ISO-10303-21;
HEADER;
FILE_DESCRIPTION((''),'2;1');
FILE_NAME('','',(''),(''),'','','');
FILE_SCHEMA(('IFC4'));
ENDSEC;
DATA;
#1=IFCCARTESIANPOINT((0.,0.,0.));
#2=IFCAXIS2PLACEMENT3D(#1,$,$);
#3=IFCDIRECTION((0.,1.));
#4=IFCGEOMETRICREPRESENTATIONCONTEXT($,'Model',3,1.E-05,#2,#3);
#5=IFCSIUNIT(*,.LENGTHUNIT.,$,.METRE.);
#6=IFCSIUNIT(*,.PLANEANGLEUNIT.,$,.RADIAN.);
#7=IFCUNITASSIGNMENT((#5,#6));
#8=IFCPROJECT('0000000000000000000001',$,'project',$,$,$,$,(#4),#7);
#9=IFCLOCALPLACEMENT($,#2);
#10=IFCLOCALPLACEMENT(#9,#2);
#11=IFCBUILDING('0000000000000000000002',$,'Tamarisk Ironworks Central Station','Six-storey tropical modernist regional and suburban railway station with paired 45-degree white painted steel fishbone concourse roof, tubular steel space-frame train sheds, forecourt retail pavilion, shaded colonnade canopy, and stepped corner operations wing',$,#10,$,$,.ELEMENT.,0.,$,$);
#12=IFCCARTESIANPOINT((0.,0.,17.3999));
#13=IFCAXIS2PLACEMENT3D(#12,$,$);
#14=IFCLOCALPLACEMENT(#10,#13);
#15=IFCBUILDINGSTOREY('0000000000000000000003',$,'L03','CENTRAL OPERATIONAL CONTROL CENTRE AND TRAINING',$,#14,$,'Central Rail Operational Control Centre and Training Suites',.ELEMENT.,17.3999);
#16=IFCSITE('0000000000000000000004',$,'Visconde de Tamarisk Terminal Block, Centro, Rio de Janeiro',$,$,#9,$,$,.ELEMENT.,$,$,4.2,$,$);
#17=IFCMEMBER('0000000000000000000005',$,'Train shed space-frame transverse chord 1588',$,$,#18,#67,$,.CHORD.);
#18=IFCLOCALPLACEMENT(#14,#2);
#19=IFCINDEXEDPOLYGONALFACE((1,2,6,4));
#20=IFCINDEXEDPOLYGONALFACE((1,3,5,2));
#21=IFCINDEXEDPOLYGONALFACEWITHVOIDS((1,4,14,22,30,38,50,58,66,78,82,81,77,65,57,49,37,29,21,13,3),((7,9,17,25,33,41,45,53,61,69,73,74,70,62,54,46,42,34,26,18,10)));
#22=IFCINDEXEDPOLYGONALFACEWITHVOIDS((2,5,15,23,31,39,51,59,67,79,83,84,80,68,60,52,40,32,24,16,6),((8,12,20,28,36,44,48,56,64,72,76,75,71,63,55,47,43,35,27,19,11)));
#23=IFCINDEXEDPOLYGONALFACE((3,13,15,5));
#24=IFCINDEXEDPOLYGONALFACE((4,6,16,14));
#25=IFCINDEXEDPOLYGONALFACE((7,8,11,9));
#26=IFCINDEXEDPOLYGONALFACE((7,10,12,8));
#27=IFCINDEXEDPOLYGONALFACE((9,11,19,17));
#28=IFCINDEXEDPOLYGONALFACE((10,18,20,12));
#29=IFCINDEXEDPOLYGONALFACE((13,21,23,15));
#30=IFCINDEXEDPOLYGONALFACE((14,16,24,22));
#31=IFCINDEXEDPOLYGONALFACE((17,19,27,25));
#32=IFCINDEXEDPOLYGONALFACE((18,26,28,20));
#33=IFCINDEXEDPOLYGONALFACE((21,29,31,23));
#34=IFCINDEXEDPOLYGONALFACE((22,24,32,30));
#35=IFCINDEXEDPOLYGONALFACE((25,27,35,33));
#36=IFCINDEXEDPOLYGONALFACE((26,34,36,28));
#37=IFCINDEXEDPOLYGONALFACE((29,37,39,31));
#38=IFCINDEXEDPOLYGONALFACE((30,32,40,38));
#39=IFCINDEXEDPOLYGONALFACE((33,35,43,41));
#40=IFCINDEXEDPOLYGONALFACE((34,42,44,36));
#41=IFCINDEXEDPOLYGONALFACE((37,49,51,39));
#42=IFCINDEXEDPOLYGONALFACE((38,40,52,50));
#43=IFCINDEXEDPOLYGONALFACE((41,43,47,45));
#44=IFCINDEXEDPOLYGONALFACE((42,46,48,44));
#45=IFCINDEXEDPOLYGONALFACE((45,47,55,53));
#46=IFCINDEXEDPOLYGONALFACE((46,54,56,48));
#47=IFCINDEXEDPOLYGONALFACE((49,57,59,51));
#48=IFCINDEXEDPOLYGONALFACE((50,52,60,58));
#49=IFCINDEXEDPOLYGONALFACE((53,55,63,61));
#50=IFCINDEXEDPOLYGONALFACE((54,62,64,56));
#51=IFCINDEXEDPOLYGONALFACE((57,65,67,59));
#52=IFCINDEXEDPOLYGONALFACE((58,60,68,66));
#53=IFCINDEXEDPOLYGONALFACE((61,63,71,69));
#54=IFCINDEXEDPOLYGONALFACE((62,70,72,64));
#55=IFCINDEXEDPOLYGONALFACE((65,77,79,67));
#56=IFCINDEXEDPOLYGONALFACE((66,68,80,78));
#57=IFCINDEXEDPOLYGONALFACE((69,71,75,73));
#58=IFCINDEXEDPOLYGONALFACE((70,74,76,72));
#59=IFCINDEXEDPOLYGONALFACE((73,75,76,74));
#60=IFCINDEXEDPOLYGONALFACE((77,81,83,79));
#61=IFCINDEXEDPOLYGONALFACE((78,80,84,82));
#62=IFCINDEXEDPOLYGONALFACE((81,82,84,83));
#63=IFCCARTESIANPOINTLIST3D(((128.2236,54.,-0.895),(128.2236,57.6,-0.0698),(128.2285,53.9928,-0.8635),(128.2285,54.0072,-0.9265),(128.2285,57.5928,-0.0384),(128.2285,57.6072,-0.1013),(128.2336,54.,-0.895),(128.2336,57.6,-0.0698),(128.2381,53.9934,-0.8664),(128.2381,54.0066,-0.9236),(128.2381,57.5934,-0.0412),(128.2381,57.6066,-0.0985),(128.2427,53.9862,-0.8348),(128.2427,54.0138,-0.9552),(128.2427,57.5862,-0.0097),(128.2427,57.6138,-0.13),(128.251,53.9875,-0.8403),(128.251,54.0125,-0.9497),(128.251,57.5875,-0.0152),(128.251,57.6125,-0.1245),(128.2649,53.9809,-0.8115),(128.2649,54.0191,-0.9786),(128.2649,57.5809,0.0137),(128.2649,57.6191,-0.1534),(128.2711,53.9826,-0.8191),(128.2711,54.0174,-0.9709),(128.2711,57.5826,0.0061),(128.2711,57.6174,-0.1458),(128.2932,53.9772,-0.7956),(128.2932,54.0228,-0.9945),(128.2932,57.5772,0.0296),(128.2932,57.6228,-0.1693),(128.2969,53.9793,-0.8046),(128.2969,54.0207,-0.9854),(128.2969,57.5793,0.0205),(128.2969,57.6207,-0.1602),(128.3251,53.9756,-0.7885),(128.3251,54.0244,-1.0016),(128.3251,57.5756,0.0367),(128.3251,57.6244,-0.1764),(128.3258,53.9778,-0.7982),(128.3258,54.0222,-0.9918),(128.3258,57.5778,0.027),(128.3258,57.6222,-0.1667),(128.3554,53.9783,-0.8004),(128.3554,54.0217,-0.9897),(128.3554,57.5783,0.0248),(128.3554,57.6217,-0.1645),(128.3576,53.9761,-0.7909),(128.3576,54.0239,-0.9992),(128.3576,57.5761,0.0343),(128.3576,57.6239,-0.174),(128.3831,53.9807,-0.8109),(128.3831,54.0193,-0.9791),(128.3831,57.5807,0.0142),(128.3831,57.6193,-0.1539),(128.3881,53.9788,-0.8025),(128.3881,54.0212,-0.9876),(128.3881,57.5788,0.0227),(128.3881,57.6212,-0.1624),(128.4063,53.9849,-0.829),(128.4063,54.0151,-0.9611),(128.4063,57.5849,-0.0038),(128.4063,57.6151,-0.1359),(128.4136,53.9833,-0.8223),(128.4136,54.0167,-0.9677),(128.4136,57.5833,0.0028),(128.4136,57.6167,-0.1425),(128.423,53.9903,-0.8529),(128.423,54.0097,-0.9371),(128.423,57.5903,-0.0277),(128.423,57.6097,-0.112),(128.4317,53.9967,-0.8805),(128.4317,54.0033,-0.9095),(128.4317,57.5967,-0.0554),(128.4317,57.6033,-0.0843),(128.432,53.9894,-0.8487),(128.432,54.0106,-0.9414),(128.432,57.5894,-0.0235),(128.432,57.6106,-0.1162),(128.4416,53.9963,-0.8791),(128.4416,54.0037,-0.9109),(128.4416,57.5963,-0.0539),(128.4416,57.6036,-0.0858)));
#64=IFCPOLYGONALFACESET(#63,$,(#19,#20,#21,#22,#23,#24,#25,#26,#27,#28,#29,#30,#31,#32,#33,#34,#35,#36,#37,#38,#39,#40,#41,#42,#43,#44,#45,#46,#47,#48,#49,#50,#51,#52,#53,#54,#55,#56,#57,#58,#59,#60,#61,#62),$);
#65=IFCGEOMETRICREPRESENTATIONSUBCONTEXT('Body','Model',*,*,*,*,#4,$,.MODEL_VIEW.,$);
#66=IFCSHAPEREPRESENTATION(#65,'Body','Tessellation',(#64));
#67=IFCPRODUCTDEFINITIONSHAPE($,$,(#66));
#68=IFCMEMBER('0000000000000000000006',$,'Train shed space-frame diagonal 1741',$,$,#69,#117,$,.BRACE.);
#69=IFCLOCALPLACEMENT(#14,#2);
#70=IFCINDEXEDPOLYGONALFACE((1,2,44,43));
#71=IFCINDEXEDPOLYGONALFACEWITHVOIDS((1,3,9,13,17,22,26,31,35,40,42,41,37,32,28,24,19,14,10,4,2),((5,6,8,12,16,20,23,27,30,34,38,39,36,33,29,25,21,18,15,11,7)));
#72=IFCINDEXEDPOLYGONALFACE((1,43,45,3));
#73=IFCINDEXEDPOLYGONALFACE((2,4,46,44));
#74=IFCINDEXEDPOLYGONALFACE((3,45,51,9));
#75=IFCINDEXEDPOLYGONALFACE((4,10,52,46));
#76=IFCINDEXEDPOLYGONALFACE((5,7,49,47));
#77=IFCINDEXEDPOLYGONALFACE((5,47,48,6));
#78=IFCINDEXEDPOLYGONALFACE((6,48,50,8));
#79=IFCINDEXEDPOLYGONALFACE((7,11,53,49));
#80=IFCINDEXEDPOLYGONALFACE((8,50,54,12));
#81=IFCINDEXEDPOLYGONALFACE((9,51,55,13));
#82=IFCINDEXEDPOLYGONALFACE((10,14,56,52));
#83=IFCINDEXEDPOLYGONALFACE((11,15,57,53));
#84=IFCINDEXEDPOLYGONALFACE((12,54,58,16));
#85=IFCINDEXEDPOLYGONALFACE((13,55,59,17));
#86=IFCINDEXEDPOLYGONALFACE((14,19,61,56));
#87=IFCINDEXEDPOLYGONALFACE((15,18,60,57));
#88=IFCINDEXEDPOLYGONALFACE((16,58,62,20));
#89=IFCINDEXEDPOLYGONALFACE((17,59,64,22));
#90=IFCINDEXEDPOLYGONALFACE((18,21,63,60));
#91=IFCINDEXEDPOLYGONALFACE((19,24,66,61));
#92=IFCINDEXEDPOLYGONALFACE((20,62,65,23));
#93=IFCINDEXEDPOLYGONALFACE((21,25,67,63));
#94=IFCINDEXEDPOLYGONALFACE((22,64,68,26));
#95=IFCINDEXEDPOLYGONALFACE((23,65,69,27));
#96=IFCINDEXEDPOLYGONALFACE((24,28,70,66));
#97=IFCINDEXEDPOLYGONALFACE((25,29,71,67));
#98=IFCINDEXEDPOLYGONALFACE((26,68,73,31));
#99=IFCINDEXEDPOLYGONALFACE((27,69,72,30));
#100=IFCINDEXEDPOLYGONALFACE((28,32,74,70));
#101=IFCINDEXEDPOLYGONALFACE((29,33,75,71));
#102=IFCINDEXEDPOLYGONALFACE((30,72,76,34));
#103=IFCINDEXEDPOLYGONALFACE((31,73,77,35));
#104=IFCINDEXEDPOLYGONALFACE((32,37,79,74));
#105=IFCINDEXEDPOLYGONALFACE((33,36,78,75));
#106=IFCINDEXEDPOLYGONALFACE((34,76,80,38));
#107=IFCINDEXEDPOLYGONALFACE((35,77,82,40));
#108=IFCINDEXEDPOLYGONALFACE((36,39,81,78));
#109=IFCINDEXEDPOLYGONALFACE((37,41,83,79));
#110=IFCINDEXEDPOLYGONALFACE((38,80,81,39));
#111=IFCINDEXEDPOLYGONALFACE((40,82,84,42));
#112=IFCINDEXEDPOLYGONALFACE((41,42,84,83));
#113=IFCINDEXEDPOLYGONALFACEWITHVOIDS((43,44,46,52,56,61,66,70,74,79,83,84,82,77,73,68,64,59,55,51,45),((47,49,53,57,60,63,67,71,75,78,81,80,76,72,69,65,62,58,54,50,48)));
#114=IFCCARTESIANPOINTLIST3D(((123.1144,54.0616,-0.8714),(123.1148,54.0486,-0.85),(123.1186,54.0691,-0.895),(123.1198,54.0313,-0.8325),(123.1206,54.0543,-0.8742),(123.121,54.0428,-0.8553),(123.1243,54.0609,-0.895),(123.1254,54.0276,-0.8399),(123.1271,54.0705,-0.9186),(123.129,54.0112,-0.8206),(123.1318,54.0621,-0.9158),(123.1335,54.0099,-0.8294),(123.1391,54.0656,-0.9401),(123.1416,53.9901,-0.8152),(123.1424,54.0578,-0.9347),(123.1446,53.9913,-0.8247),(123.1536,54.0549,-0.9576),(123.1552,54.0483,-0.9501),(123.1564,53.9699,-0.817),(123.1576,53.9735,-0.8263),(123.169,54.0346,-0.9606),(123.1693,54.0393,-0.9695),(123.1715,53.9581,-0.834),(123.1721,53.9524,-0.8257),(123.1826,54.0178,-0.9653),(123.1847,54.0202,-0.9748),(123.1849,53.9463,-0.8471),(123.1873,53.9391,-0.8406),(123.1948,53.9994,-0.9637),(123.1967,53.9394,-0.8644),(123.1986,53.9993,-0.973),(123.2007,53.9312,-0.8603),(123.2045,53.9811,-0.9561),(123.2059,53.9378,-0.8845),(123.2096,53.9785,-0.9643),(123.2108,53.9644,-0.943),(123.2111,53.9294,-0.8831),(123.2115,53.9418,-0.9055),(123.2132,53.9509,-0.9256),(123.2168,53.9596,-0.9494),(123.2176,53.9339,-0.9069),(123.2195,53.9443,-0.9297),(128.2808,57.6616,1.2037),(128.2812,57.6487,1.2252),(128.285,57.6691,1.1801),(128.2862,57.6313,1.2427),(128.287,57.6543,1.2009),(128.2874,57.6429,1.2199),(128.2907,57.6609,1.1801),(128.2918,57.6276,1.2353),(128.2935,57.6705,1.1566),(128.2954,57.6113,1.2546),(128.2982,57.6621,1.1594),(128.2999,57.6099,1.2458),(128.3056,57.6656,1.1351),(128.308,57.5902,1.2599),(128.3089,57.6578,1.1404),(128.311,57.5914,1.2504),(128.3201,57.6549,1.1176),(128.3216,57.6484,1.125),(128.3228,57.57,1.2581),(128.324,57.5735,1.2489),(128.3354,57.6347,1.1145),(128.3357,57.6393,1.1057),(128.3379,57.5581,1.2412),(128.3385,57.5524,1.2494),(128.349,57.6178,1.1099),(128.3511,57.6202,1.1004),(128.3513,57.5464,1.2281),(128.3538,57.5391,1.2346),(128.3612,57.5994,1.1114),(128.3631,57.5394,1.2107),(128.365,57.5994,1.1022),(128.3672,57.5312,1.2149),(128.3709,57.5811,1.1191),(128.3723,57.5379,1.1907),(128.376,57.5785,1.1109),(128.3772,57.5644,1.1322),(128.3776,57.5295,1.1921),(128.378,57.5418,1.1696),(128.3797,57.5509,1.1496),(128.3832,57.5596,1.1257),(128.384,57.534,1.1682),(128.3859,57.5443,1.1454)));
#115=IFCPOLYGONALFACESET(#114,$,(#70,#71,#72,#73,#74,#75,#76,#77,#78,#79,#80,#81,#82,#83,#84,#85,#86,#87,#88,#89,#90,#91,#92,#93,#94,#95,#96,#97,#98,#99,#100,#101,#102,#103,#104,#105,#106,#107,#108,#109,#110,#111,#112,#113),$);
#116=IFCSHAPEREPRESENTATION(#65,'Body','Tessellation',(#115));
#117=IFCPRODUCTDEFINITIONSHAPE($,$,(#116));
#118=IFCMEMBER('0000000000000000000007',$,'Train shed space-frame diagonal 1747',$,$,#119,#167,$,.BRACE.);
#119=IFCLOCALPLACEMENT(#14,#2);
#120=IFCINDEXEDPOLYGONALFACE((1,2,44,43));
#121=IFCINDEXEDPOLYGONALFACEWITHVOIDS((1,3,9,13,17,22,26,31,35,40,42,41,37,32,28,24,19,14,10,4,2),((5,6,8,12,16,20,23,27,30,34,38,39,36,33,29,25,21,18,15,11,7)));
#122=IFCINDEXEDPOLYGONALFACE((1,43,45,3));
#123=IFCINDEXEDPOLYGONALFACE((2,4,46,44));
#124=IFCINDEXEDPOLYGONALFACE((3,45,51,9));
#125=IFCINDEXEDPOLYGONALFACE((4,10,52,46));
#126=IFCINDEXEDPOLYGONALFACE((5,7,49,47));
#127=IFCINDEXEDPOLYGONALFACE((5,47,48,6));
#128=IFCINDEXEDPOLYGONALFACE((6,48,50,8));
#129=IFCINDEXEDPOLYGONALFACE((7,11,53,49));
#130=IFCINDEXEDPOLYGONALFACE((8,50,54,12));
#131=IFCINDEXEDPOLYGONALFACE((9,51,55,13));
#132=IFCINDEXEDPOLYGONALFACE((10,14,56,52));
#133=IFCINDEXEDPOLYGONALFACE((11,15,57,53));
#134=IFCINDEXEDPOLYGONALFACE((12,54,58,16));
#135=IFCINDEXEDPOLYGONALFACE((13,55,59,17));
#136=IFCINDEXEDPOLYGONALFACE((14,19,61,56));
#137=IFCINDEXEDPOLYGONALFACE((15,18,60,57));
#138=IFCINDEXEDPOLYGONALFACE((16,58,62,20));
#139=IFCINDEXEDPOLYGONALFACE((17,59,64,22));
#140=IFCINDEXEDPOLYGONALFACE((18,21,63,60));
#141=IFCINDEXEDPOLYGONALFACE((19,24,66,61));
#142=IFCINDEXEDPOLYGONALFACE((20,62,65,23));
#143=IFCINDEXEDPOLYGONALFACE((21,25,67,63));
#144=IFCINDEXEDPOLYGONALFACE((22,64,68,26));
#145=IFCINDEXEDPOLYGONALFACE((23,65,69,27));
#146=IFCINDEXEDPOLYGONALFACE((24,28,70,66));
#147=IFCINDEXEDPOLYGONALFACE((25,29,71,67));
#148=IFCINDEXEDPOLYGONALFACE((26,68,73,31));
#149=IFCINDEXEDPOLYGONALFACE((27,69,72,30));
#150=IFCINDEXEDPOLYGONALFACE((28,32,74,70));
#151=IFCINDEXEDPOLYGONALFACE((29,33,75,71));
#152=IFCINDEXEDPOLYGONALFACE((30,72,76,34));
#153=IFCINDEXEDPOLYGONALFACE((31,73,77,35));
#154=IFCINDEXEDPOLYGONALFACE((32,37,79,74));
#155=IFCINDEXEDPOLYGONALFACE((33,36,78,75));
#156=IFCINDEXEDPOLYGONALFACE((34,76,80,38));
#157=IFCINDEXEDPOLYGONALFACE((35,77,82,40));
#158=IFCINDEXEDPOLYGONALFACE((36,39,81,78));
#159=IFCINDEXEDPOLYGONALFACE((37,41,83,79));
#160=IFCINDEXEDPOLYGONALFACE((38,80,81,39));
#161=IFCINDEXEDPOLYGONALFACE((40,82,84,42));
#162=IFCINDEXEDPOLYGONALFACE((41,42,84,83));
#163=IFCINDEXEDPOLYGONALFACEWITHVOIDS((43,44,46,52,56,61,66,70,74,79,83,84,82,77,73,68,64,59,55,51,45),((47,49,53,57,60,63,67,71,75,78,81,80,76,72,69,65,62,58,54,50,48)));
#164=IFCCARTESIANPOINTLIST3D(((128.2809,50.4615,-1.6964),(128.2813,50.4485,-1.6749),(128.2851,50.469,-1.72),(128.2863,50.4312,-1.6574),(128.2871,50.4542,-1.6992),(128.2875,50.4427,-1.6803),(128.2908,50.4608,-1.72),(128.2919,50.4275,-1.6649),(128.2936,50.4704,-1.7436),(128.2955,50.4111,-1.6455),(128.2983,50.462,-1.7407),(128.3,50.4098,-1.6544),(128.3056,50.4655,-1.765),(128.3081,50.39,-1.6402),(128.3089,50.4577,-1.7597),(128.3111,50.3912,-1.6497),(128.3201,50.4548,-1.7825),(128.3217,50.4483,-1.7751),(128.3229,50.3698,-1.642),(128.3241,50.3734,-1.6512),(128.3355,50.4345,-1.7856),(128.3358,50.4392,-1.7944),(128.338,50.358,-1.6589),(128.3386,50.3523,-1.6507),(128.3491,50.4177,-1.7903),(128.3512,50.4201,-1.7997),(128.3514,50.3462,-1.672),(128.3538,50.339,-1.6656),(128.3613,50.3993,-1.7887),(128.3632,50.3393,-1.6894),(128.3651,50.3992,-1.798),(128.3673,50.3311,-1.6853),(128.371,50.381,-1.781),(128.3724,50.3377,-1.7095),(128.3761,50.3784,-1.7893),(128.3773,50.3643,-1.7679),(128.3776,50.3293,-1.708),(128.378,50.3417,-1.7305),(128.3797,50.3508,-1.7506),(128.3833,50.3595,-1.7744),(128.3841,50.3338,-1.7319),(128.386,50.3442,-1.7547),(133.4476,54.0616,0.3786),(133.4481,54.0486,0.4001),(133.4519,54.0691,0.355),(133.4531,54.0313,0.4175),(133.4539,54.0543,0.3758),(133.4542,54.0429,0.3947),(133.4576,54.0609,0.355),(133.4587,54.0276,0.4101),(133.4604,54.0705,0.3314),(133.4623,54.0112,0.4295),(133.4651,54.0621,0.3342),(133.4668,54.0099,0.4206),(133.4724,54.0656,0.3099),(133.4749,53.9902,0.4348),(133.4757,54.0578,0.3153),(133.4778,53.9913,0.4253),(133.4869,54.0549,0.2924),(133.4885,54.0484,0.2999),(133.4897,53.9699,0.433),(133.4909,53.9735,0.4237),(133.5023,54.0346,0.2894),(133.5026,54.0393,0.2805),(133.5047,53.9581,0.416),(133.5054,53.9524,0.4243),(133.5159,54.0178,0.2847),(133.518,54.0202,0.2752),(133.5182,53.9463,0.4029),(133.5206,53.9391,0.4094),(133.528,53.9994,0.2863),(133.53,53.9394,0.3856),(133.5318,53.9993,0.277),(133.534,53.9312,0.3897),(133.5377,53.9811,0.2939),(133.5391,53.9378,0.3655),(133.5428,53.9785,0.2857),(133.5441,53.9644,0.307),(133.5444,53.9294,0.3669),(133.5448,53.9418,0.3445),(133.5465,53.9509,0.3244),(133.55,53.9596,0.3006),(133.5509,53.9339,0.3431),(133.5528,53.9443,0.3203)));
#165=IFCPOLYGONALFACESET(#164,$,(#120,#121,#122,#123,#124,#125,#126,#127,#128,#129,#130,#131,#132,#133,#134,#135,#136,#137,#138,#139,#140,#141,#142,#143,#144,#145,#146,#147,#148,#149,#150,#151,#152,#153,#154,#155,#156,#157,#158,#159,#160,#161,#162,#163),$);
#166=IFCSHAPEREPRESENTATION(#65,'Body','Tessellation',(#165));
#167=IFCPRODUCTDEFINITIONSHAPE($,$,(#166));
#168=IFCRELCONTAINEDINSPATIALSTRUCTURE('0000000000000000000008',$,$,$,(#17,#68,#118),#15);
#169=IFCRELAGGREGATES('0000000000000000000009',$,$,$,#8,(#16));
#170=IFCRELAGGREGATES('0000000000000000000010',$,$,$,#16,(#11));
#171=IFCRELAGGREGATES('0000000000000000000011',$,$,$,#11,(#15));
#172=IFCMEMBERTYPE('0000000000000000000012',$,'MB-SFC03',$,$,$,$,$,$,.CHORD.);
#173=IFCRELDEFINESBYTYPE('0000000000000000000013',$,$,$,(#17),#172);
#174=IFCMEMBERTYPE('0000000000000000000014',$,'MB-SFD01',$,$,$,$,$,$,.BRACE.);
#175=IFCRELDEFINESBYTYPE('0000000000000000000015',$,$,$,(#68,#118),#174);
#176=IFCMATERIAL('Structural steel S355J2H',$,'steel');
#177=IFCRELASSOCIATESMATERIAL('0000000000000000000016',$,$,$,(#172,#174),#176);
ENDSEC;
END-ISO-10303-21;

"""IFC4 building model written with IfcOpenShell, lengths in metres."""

from ifc_helpers import new_model, si_unit, direction, frame, origin, origin_2d, place, context, subcontext, project, spatial, hollow_circle, extrude, material, material_profile, profile_set, type_object, element, save


model = new_model("IFC4")

# Units and contexts
model_context = context("Model", 3, precision=1e-05, world=origin(), true_north=direction((0.0, 1.0)))
body_context = subcontext(model_context, "Body", "Model", "MODEL_VIEW")
ifc_project = project(units=[si_unit("LENGTHUNIT", "METRE"), si_unit("PLANEANGLEUNIT", "RADIAN")], contexts=[model_context])

# Site, building, storey
site_placement = place(None, origin())
site = spatial("IfcSite", under=ifc_project, at=site_placement, Name="Visconde de Tamarisk Terminal Block, Centro, Rio de Janeiro", CompositionType="ELEMENT", RefElevation=4.2)
building_placement = place(site_placement, origin())
building = spatial("IfcBuilding", under=site, at=building_placement, Name="Tamarisk Ironworks Central Station", Description="Six-storey tropical modernist regional and suburban railway station with paired 45-degree white painted steel fishbone concourse roof, tubular steel space-frame train sheds, forecourt retail pavilion, shaded colonnade canopy, and stepped corner operations wing", CompositionType="ELEMENT", ElevationOfRefHeight=0.0)
storey_placement = place(building_placement, frame((0.0, 0.0, 17.3999)))
storey = spatial("IfcBuildingStorey", under=building, at=storey_placement, Name="L03", Description="CENTRAL OPERATIONAL CONTROL CENTRE AND TRAINING", LongName="Central Rail Operational Control Centre and Training Suites", CompositionType="ELEMENT", Elevation=17.3999)

# Members
ifc_material_1 = material(Name="Structural steel S355J2H", Category="steel")
ifc_material_profile_1 = material_profile(ifc_material_1, hollow_circle(Radius=0.1096, WallThickness=0.01, at=origin_2d()), Name="CHS 219.1x10")
ifc_profile_set_1 = profile_set([ifc_material_profile_1], Name="Structural steel S355J2H")
member_type_1 = type_object("IfcMemberType", Name="MB-SFC03", PredefinedType="CHORD", material=ifc_profile_set_1)
for number, where, z_axis, x_axis, name in (
    (1, (128.3333, 54.0, -0.895), (0.0, 0.974722, 0.223421), (-1.0, 0.0, 0.0), "Train shed space-frame transverse chord 1588"),
):
    element("IfcMember", number, at=place(storey_placement, frame(where, z_axis=z_axis, x_axis=x_axis)), inside=storey, type_object=member_type_1, Name=name, PredefinedType="CHORD", context=body_context, shape_type="SweptSolid", body=[
        extrude(hollow_circle(Radius=0.1096, WallThickness=0.01, at=origin_2d()), origin(), (0.0, 0.0, 1.0), 3.6934),
    ])
ifc_material_profile_2 = material_profile(ifc_material_1, hollow_circle(Radius=0.0842, WallThickness=0.01, at=origin_2d()), Name="CHS 168.3x10")
ifc_profile_set_2 = profile_set([ifc_material_profile_2], Name="Structural steel S355J2H")
member_type_2 = type_object("IfcMemberType", Name="MB-SFD01", PredefinedType="BRACE", material=ifc_profile_set_2)
member_1_placement = place(storey_placement, frame((123.1667, 54.0, -0.895), z_axis=(0.779235, 0.542983, 0.31299), x_axis=(-0.571707, 0.820458, 0.0)))
element("IfcMember", 2, at=member_1_placement, inside=storey, type_object=member_type_2, Name="Train shed space-frame diagonal 1741", PredefinedType="BRACE", context=body_context, shape_type="SweptSolid", body=[
    extrude(hollow_circle(Radius=0.0842, WallThickness=0.01, at=origin_2d()), origin(), (0.0, 0.0, 1.0), 6.6301),
])
member_2_placement = place(storey_placement, frame((128.3333, 50.3999, -1.72), z_axis=(0.779258, 0.542973, 0.312948), x_axis=(-0.571689, 0.82047, 0.0)))
element("IfcMember", 3, at=member_2_placement, inside=storey, type_object=member_type_2, Name="Train shed space-frame diagonal 1747", PredefinedType="BRACE", context=body_context, shape_type="SweptSolid", body=[
    extrude(hollow_circle(Radius=0.0842, WallThickness=0.01, at=origin_2d()), origin(), (0.0, 0.0, 1.0), 6.6304),
])

save(model, "model.ifc")
